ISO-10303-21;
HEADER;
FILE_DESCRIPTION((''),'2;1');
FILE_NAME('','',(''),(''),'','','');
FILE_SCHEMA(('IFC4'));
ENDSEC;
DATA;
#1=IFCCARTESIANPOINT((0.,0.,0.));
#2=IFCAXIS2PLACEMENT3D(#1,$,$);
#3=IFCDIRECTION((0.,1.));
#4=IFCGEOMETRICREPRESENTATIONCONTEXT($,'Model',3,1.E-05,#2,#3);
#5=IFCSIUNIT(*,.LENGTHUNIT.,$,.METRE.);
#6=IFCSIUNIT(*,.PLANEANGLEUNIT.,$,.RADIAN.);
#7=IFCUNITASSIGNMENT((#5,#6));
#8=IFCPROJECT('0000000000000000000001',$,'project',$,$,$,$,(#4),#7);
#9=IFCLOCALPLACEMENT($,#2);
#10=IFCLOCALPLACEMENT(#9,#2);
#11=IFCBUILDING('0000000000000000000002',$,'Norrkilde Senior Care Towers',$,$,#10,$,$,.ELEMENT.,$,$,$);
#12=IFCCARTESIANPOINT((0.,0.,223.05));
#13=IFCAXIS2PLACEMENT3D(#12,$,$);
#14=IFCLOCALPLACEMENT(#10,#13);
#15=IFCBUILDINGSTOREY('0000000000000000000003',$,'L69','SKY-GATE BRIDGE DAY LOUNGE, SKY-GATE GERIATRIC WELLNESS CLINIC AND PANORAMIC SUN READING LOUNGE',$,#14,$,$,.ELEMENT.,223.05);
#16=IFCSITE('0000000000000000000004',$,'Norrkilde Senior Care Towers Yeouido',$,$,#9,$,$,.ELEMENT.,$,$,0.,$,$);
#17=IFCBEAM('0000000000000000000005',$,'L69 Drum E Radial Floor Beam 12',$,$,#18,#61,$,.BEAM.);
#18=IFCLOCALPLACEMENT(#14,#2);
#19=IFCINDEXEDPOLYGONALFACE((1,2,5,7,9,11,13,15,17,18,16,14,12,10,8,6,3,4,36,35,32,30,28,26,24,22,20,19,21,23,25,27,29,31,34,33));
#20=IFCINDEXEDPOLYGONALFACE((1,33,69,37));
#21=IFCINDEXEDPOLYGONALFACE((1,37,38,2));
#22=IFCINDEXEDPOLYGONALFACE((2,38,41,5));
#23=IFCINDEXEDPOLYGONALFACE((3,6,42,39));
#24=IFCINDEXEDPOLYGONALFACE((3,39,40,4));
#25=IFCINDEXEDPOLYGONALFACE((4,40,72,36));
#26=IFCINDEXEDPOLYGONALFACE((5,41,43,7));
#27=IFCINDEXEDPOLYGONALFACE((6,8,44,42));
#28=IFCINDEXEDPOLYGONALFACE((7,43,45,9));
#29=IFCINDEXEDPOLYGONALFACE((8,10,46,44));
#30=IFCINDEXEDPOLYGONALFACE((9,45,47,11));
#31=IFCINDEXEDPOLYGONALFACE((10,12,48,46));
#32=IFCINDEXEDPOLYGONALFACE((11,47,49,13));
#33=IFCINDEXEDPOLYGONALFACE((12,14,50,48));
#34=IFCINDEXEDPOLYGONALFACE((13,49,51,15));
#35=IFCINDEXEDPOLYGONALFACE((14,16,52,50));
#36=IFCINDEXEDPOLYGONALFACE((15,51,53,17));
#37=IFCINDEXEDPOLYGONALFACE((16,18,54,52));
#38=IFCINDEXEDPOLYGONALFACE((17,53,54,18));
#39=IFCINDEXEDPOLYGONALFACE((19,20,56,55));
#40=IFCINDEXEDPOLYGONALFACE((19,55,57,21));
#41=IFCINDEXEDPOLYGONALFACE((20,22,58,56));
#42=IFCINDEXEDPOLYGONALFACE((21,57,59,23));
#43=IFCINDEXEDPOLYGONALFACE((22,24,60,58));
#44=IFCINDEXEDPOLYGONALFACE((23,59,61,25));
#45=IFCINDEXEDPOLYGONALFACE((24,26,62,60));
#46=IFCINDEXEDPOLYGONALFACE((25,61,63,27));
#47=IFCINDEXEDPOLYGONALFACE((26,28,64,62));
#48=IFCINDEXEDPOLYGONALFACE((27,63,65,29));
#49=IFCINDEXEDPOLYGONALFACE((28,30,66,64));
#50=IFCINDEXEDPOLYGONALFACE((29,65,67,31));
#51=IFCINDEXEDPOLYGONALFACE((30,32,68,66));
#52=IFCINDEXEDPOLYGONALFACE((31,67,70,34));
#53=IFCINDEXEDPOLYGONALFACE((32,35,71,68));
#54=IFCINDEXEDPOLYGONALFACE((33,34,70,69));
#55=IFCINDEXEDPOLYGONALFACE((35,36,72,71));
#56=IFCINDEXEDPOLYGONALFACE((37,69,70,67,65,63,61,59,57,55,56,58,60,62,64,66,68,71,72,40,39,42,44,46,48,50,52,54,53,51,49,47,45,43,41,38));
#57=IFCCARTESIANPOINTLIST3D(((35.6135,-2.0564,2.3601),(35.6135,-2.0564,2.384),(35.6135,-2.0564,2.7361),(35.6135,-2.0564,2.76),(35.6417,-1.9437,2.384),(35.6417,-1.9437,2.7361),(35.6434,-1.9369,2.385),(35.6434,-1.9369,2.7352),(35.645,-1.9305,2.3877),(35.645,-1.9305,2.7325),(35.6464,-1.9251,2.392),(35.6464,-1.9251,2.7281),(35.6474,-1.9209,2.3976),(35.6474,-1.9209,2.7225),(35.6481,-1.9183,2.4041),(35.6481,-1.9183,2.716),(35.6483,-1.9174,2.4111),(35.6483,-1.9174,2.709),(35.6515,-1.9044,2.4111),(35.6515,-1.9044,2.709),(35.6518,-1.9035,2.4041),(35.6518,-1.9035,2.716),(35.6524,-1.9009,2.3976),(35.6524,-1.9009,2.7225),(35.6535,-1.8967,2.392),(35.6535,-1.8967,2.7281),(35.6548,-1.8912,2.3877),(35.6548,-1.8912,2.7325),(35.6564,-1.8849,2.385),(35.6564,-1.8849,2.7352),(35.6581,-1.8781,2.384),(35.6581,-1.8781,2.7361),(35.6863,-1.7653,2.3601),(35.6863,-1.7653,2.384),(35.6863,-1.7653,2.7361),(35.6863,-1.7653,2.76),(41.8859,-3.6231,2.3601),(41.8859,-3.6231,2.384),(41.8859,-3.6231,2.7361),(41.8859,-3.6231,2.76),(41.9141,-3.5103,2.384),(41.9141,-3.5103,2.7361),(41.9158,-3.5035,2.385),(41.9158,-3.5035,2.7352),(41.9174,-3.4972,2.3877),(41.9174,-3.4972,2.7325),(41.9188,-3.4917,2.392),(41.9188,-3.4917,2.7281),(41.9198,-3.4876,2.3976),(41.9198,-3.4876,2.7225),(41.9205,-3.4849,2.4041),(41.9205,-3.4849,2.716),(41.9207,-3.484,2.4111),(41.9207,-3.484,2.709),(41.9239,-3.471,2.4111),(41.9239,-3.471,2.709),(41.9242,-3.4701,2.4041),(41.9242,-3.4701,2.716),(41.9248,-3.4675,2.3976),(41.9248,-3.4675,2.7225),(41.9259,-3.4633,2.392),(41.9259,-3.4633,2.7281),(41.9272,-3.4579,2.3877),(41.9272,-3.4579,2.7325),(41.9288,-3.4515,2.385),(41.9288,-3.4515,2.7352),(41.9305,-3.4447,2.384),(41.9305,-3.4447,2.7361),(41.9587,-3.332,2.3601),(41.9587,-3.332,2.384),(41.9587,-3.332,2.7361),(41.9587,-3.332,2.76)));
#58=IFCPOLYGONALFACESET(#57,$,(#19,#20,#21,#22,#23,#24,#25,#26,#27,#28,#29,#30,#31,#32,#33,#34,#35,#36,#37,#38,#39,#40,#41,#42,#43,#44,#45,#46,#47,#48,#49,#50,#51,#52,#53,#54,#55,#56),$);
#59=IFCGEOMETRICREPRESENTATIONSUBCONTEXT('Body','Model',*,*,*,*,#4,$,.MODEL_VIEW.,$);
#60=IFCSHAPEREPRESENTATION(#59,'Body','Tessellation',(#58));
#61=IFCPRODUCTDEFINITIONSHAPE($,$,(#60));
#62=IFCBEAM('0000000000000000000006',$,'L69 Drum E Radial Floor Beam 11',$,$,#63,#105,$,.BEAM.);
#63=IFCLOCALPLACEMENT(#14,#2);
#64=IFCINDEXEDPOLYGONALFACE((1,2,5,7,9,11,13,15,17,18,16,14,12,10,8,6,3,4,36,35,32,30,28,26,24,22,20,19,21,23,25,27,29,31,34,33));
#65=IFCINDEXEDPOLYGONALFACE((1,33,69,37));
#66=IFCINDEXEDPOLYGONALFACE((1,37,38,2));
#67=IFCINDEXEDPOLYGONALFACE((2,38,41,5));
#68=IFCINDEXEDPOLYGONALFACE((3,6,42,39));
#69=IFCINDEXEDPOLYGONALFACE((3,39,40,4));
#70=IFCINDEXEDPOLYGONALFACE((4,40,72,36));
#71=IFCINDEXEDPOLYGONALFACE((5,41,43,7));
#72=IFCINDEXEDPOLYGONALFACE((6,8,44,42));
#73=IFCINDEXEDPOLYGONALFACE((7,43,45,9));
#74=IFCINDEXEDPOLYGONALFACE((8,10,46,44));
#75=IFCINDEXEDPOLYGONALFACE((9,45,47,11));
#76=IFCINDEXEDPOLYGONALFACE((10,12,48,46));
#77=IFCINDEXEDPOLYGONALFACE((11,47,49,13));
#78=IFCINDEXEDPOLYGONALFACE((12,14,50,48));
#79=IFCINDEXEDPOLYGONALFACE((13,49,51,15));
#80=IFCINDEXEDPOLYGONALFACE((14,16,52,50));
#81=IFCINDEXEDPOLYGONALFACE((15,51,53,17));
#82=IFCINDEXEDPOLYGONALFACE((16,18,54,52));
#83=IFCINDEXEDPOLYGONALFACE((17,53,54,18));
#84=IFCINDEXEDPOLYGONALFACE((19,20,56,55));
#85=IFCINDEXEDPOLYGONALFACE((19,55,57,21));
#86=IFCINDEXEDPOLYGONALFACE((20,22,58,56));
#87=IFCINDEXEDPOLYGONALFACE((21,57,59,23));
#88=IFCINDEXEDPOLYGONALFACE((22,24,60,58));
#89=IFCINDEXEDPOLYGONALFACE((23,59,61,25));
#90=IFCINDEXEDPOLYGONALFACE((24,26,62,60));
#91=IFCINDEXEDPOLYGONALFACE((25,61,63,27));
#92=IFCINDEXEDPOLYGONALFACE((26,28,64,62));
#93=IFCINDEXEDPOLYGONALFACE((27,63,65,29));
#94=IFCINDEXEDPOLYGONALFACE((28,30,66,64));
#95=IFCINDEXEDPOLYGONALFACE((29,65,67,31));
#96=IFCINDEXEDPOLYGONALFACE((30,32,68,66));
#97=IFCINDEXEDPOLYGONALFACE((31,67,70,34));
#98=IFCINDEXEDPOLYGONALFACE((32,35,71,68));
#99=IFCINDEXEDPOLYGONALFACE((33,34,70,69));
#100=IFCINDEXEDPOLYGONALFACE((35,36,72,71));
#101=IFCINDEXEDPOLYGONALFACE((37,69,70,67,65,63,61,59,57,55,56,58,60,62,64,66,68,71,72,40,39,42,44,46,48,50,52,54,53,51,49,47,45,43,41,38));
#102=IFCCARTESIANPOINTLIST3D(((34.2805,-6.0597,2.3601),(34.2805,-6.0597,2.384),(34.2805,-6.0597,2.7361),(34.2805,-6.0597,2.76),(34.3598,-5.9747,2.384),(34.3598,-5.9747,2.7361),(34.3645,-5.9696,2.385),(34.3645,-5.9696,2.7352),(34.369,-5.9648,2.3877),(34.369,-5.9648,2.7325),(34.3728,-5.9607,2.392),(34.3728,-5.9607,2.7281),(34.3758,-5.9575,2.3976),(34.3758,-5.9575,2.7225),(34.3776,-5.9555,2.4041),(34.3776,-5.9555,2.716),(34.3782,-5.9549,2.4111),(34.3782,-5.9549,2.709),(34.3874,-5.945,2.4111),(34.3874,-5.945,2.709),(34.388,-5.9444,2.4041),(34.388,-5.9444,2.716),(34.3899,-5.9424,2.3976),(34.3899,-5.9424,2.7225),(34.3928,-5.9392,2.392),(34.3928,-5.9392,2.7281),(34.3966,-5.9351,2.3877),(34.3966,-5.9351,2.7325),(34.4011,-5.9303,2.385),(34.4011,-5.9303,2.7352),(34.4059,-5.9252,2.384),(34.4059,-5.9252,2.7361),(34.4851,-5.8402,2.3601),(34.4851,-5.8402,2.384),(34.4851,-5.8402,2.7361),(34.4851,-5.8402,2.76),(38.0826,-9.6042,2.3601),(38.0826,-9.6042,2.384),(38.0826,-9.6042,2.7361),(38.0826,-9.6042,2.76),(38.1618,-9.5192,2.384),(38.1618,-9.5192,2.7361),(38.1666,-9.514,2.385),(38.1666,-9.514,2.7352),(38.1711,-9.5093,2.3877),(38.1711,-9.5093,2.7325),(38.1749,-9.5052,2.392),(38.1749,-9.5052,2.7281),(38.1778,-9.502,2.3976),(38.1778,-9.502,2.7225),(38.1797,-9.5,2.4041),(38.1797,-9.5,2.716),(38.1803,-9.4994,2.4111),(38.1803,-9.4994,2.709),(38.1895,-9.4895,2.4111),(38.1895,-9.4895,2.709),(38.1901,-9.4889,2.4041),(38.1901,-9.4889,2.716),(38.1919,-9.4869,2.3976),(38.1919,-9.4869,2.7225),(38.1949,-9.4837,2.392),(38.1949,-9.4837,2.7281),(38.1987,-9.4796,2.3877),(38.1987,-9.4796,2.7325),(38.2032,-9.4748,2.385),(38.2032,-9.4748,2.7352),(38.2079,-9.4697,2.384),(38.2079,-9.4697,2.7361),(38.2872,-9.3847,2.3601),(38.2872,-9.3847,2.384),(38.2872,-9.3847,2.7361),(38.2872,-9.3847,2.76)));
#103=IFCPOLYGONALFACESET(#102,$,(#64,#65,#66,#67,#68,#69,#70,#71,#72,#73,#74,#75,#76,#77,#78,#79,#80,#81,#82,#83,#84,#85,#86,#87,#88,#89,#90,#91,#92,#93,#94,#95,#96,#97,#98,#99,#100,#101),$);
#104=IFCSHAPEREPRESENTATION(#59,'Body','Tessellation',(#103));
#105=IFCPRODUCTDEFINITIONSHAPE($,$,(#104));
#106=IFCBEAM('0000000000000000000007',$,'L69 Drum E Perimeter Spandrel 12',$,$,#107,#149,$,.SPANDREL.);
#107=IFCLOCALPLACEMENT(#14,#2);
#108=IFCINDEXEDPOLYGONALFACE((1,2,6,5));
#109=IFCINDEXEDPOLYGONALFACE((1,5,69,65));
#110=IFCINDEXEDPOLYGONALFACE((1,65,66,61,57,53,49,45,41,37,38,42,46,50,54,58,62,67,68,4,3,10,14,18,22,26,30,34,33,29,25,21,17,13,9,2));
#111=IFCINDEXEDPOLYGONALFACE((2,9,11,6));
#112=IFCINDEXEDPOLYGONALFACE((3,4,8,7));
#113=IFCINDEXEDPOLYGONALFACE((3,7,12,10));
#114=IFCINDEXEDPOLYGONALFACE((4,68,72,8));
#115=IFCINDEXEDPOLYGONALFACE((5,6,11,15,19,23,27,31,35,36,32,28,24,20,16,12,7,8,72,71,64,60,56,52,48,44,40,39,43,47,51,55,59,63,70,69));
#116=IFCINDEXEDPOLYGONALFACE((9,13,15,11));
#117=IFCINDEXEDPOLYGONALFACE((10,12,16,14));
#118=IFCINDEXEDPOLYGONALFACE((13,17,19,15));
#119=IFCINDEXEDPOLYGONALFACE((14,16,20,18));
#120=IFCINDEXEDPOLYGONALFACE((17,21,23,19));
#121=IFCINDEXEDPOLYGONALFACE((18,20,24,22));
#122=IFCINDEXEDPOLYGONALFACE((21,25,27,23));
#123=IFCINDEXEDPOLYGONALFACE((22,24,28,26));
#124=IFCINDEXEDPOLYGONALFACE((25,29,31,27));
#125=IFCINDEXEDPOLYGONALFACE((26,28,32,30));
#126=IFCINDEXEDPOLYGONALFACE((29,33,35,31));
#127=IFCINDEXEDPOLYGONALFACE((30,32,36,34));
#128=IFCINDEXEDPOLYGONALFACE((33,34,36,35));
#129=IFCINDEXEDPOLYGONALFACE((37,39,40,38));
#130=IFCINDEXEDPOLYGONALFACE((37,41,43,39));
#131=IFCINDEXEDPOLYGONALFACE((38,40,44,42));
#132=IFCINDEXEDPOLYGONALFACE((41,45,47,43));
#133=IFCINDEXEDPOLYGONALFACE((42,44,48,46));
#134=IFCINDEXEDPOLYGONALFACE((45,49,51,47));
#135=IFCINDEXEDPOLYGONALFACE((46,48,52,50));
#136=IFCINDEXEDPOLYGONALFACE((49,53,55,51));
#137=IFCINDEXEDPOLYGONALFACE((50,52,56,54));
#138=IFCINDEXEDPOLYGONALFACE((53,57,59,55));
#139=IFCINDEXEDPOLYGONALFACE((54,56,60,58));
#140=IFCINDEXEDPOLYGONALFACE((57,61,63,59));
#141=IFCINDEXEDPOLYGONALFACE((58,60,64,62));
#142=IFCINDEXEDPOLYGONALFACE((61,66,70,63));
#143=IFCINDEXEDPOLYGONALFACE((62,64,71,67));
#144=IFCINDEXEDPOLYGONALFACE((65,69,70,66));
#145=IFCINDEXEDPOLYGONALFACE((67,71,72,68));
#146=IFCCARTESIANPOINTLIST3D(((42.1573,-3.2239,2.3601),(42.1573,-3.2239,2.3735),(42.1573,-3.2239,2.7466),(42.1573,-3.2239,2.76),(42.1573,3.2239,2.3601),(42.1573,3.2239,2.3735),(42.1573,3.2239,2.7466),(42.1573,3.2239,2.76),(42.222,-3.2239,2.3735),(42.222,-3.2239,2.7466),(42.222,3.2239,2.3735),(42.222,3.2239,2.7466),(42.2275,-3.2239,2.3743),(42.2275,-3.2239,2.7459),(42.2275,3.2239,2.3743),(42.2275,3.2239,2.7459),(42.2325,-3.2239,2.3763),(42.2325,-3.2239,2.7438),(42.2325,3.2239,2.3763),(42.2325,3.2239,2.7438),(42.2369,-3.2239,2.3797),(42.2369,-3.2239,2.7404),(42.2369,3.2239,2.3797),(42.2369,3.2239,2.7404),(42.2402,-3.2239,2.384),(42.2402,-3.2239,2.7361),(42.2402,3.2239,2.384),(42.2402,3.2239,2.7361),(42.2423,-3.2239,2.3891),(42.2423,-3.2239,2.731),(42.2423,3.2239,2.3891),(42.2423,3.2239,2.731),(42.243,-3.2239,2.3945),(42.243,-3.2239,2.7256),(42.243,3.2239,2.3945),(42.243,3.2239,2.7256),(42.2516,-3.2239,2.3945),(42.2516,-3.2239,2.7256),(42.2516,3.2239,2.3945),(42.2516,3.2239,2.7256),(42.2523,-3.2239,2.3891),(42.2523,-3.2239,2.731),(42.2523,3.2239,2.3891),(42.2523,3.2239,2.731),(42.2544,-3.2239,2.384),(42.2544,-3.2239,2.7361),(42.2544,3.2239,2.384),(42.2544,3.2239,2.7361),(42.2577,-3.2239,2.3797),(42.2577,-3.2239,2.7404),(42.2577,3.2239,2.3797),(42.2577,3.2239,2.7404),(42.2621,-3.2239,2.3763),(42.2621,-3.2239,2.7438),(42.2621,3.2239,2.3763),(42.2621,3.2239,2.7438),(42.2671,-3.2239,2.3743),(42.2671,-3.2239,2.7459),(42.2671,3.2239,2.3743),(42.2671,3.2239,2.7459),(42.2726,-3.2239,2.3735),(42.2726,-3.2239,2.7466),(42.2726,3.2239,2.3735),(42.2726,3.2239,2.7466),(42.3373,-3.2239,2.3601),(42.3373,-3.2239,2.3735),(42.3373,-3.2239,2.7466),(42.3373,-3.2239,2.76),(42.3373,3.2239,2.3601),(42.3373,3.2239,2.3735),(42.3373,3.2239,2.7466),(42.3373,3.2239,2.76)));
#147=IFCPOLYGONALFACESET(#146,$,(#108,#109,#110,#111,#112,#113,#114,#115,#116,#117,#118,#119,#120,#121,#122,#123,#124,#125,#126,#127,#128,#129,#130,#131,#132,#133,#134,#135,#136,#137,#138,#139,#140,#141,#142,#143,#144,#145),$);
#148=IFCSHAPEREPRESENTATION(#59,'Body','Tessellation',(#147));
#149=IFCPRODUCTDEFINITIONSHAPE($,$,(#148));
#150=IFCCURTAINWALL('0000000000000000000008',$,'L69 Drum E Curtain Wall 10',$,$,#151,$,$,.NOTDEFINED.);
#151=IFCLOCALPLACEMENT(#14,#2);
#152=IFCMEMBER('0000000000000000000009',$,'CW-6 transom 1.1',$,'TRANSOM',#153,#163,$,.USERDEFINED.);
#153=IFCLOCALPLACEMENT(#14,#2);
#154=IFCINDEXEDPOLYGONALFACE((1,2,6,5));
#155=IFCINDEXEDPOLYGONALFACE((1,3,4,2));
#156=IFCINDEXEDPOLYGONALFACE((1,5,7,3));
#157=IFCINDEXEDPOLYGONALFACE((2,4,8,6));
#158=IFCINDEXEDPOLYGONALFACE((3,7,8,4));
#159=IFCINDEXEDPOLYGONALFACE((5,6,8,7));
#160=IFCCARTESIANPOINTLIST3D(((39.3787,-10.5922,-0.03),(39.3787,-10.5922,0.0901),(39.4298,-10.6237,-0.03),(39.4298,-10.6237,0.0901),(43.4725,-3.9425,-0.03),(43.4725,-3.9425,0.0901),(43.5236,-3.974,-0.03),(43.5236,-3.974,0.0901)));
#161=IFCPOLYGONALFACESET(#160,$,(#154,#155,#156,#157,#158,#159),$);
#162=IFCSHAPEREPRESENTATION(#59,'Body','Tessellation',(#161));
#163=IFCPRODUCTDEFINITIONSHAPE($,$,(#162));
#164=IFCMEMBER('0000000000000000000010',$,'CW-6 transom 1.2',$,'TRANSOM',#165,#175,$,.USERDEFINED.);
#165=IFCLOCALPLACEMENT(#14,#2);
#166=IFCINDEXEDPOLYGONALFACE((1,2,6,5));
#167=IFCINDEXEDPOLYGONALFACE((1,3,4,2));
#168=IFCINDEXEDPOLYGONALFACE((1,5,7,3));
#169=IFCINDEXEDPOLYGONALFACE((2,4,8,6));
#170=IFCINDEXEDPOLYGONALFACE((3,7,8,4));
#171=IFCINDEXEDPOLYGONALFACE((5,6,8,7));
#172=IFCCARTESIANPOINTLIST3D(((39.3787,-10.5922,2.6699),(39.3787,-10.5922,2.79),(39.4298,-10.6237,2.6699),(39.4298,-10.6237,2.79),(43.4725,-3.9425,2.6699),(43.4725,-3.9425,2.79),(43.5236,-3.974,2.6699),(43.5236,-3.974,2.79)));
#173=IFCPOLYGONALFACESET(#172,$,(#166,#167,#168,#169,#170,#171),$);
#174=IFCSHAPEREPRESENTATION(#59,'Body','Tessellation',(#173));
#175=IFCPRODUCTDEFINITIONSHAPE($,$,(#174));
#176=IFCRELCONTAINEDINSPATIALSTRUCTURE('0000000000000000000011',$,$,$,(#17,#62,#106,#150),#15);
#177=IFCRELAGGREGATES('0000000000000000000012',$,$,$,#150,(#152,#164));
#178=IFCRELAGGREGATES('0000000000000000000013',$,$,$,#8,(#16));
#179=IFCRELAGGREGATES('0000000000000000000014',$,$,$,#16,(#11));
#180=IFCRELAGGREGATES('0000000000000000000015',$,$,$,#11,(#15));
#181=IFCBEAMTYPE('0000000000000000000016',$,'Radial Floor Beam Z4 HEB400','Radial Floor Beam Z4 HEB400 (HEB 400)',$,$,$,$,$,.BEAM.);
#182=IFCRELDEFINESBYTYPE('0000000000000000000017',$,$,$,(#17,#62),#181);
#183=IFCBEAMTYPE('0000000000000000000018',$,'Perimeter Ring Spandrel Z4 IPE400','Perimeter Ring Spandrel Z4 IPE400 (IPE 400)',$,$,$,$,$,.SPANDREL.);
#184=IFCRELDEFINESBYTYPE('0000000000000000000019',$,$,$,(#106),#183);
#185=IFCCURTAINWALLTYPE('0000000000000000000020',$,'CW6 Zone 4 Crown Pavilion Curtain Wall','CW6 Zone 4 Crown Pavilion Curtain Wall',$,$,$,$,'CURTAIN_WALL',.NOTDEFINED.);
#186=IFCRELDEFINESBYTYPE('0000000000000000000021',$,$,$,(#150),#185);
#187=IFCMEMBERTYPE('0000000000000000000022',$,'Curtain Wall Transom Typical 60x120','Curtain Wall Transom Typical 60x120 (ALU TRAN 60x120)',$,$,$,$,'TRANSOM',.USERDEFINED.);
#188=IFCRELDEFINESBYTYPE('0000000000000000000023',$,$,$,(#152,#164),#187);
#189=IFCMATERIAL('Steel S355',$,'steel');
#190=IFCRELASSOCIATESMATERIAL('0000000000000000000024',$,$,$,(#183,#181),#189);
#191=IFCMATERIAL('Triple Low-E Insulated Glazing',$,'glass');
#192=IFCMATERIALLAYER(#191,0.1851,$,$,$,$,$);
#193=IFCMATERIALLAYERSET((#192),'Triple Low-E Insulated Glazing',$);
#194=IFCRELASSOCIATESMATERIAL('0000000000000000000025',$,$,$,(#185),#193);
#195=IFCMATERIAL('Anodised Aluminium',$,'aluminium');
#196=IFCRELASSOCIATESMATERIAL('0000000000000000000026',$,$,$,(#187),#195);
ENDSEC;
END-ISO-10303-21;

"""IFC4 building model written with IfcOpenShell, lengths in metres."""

from ifc_helpers import new_model, si_unit, direction, frame, origin, origin_2d, place, context, subcontext, project, spatial, rectangle, i_section, extrude, source, transform, mapped, material, layer, layer_set, material_profile, profile_set, type_object, type_shapes, element, aggregate, save


model = new_model("IFC4")

# Units and contexts
model_context = context("Model", 3, precision=1e-05, world=origin(), true_north=direction((0.0, 1.0)))
body_context = subcontext(model_context, "Body", "Model", "MODEL_VIEW")
ifc_project = project(units=[si_unit("LENGTHUNIT", "METRE"), si_unit("PLANEANGLEUNIT", "RADIAN")], contexts=[model_context])

# Site, building, storey
site_placement = place(None, origin())
site = spatial("IfcSite", under=ifc_project, at=site_placement, Name="Norrkilde Senior Care Towers Yeouido", CompositionType="ELEMENT", RefElevation=0.0)
building_placement = place(site_placement, origin())
building = spatial("IfcBuilding", under=site, at=building_placement, Name="Norrkilde Senior Care Towers", CompositionType="ELEMENT")
storey_placement = place(building_placement, frame((0.0, 0.0, 223.05)))
storey = spatial("IfcBuildingStorey", under=building, at=storey_placement, Name="L69", Description="SKY-GATE BRIDGE DAY LOUNGE, SKY-GATE GERIATRIC WELLNESS CLINIC AND PANORAMIC SUN READING LOUNGE", CompositionType="ELEMENT", Elevation=223.05)

# Beams
ifc_material_1 = material(Name="Steel S355", Category="steel")
ifc_material_profile_1 = material_profile(ifc_material_1, i_section(OverallWidth=0.1799, OverallDepth=0.3999, WebThickness=0.0085, FlangeThickness=0.0134, FilletRadius=0.021, at=origin_2d()), Name="IPE 400")
ifc_profile_set_1 = profile_set([ifc_material_profile_1], Name="Steel S355")
beam_type_1 = type_object("IfcBeamType", Name="Perimeter Ring Spandrel Z4 IPE400", Description="Perimeter Ring Spandrel Z4 IPE400 (IPE 400)", PredefinedType="SPANDREL", material=ifc_profile_set_1)
ifc_material_profile_2 = material_profile(ifc_material_1, i_section(OverallWidth=0.3, OverallDepth=0.3999, WebThickness=0.0134, FlangeThickness=0.0239, FilletRadius=0.0271, at=origin_2d()), Name="HEB 400")
ifc_profile_set_2 = profile_set([ifc_material_profile_2], Name="Steel S355")
beam_type_2 = type_object("IfcBeamType", Name="Radial Floor Beam Z4 HEB400", Description="Radial Floor Beam Z4 HEB400 (HEB 400)", PredefinedType="BEAM", material=ifc_profile_set_2)
shared_shape_1 = source(origin(), body_context, "Body", "SweptSolid", [
    extrude(i_section(OverallWidth=0.3, OverallDepth=0.3999, WebThickness=0.0134, FlangeThickness=0.0239, FilletRadius=0.0271, at=origin_2d()), origin(), (0.0, 0.0, 1.0), 6.4651),
])
beam_1_placement = place(storey_placement, frame((35.6499, -1.9109, 2.5601), z_axis=(0.970196, -0.242322, 0.0), x_axis=(0.242322, 0.970196, 0.0)))
element("IfcBeam", 1, at=beam_1_placement, inside=storey, type_object=beam_type_2, Name="L69 Drum E Radial Floor Beam 12", PredefinedType="BEAM", context=body_context, shape_type="MappedRepresentation", body=[
    mapped(shared_shape_1, transform((0.0, 0.0, 0.0), x_axis=(1.0, 0.0, 0.0), y_axis=(0.0, 1.0, 0.0), z_axis=(0.0, 0.0, 1.0), scale=1.0)),
])
shared_shape_2 = source(origin(), body_context, "Body", "SweptSolid", [
    extrude(i_section(OverallWidth=0.3, OverallDepth=0.3999, WebThickness=0.0134, FlangeThickness=0.0239, FilletRadius=0.0271, at=origin_2d()), origin(), (0.0, 0.0, 1.0), 5.198),
])
type_shapes(beam_type_2, [shared_shape_1, shared_shape_2])
beam_2_placement = place(storey_placement, frame((34.3828, -5.95, 2.5601), z_axis=(0.731449, -0.681896, 0.0), x_axis=(0.681896, 0.731449, 0.0)))
element("IfcBeam", 2, at=beam_2_placement, inside=storey, type_object=beam_type_2, Name="L69 Drum E Radial Floor Beam 11", PredefinedType="BEAM", context=body_context, shape_type="MappedRepresentation", body=[
    mapped(shared_shape_2, transform((0.0, 0.0, 0.0), x_axis=(1.0, 0.0, 0.0), y_axis=(0.0, 1.0, 0.0), z_axis=(0.0, 0.0, 1.0), scale=1.0)),
])
shared_shape_3 = source(origin(), body_context, "Body", "SweptSolid", [
    extrude(i_section(OverallWidth=0.1799, OverallDepth=0.3999, WebThickness=0.0085, FlangeThickness=0.0134, FilletRadius=0.021, at=origin_2d()), origin(), (0.0, 0.0, 1.0), 6.4478),
])
beam_3_placement = place(storey_placement, frame((42.2473, -3.2239, 2.5601), z_axis=(0.0, 1.0, 0.0), x_axis=(-1.0, 0.0, 0.0)))
element("IfcBeam", 3, at=beam_3_placement, inside=storey, type_object=beam_type_1, Name="L69 Drum E Perimeter Spandrel 12", PredefinedType="SPANDREL", context=body_context, shape_type="MappedRepresentation", body=[
    mapped(shared_shape_3, transform((0.0, 0.0, 0.0), x_axis=(1.0, 0.0, 0.0), y_axis=(0.0, 1.0, 0.0), z_axis=(0.0, 0.0, 1.0), scale=1.0)),
])

# Curtain wall, members
ifc_material_2 = material(Name="Triple Low-E Insulated Glazing", Category="glass")
ifc_layer_1 = layer(ifc_material_2, 0.1851)
ifc_layer_set_1 = layer_set([ifc_layer_1], Name="Triple Low-E Insulated Glazing")
curtain_wall_type = type_object("IfcCurtainWallType", Name="CW6 Zone 4 Crown Pavilion Curtain Wall", Description="CW6 Zone 4 Crown Pavilion Curtain Wall", ElementType="CURTAIN_WALL", PredefinedType="NOTDEFINED", material=ifc_layer_set_1)
curtain_wall_1_placement = place(storey_placement, origin())
curtain_wall_1 = element("IfcCurtainWall", 4, at=curtain_wall_1_placement, inside=storey, type_object=curtain_wall_type, Name="L69 Drum E Curtain Wall 10", PredefinedType="NOTDEFINED")
ifc_material_3 = material(Name="Anodised Aluminium", Category="aluminium")
ifc_material_profile_3 = material_profile(ifc_material_3, rectangle(XDim=0.0601, YDim=0.1201, at=origin_2d()), Name="ALU TRAN 60x120")
ifc_profile_set_3 = profile_set([ifc_material_profile_3], Name="Anodised Aluminium")
member_type_1 = type_object("IfcMemberType", Name="Curtain Wall Transom Typical 60x120", Description="Curtain Wall Transom Typical 60x120 (ALU TRAN 60x120)", ElementType="TRANSOM", PredefinedType="USERDEFINED", material=ifc_profile_set_3)
shared_shape_4 = source(origin(), body_context, "Body", "SweptSolid", [
    extrude(rectangle(XDim=0.0601, YDim=0.1201, at=origin_2d()), origin(), (0.0, 0.0, 1.0), 7.8088),
])
member_1_placement = place(storey_placement, frame((43.498, -3.9583, 0.03), z_axis=(-0.524251, -0.851564, 0.0), x_axis=(0.851564, -0.524251, 0.0)))
member_1 = element("IfcMember", 5, at=member_1_placement, type_object=member_type_1, Name="CW-6 transom 1.1", ObjectType="TRANSOM", PredefinedType="USERDEFINED", context=body_context, shape_type="MappedRepresentation", body=[
    mapped(shared_shape_4, transform((0.0, 0.0, 0.0), x_axis=(1.0, 0.0, 0.0), y_axis=(0.0, 1.0, 0.0), z_axis=(0.0, 0.0, 1.0), scale=1.0)),
])
member_2_placement = place(storey_placement, frame((43.498, -3.9583, 2.73), z_axis=(-0.524251, -0.851564, 0.0), x_axis=(0.851564, -0.524251, 0.0)))
member_2 = element("IfcMember", 6, at=member_2_placement, type_object=member_type_1, Name="CW-6 transom 1.2", ObjectType="TRANSOM", PredefinedType="USERDEFINED", context=body_context, shape_type="MappedRepresentation", body=[
    mapped(shared_shape_4, transform((0.0, 0.0, 0.0), x_axis=(1.0, 0.0, 0.0), y_axis=(0.0, 1.0, 0.0), z_axis=(0.0, 0.0, 1.0), scale=1.0)),
])

aggregate(curtain_wall_1, [member_1, member_2])

save(model, "model.ifc")
